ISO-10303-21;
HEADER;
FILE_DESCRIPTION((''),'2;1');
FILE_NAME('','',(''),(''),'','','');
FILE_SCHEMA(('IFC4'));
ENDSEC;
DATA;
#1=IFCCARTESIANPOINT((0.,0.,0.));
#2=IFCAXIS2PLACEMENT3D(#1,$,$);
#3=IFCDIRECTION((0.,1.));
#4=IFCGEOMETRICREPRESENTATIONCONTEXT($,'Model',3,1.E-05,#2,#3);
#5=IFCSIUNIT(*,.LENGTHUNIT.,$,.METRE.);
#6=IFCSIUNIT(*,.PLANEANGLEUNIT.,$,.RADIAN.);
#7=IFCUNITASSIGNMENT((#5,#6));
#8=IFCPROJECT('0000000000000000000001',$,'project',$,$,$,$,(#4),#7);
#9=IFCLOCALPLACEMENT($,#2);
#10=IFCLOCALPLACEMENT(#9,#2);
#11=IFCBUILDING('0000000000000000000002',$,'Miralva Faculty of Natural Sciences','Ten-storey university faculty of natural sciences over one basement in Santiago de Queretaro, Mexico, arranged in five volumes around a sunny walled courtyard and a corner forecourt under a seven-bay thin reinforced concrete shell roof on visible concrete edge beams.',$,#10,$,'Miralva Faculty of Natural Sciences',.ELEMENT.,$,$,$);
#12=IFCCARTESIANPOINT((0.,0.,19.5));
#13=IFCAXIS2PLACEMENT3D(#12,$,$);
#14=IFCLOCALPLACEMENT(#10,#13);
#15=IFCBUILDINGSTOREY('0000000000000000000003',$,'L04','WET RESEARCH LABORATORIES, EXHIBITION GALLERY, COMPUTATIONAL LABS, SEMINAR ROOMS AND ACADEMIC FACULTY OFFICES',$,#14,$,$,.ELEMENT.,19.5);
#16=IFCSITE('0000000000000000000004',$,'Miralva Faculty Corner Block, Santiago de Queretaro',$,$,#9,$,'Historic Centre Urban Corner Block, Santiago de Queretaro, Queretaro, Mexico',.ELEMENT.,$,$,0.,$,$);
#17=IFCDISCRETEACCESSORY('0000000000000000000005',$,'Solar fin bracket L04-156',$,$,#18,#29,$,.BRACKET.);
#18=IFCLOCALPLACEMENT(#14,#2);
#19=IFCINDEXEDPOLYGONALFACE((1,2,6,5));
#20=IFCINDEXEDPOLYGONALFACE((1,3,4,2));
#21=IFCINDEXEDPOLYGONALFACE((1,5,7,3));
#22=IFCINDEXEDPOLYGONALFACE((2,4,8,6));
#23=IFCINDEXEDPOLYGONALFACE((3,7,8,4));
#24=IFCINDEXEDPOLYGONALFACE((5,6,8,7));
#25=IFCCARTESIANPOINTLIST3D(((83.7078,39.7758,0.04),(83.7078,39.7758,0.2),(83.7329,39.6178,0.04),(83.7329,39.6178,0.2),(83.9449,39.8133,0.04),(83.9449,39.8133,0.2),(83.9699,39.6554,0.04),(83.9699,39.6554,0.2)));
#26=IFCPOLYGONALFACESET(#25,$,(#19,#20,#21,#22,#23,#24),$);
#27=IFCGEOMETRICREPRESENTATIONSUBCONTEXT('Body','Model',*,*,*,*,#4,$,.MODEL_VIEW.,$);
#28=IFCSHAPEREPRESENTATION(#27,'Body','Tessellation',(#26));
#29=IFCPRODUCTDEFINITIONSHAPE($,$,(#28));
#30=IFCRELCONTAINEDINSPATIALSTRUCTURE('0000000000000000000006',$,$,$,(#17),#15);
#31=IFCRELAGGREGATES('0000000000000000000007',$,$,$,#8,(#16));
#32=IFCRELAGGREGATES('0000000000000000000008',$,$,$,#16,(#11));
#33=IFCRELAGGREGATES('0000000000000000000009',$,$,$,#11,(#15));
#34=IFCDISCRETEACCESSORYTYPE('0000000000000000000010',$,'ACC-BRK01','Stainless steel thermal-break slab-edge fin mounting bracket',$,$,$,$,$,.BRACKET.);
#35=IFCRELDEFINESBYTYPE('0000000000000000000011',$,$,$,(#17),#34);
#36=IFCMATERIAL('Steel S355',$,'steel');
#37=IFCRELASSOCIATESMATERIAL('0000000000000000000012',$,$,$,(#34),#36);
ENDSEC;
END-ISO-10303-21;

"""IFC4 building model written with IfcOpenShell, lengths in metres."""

from ifc_helpers import new_model, si_unit, direction, frame, origin, origin_2d, place, context, subcontext, project, spatial, rectangle, extrude, material, type_object, element, save


model = new_model("IFC4")

# Units and contexts
model_context = context("Model", 3, precision=1e-05, world=origin(), true_north=direction((0.0, 1.0)))
body_context = subcontext(model_context, "Body", "Model", "MODEL_VIEW")
ifc_project = project(units=[si_unit("LENGTHUNIT", "METRE"), si_unit("PLANEANGLEUNIT", "RADIAN")], contexts=[model_context])

# Site, building, storey
site_placement = place(None, origin())
site = spatial("IfcSite", under=ifc_project, at=site_placement, Name="Miralva Faculty Corner Block, Santiago de Queretaro", LongName="Historic Centre Urban Corner Block, Santiago de Queretaro, Queretaro, Mexico", CompositionType="ELEMENT", RefElevation=0.0)
building_placement = place(site_placement, origin())
building = spatial("IfcBuilding", under=site, at=building_placement, Name="Miralva Faculty of Natural Sciences", Description="Ten-storey university faculty of natural sciences over one basement in Santiago de Queretaro, Mexico, arranged in five volumes around a sunny walled courtyard and a corner forecourt under a seven-bay thin reinforced concrete shell roof on visible concrete edge beams.", LongName="Miralva Faculty of Natural Sciences", CompositionType="ELEMENT")
storey_placement = place(building_placement, frame((0.0, 0.0, 19.5)))
storey = spatial("IfcBuildingStorey", under=building, at=storey_placement, Name="L04", Description="WET RESEARCH LABORATORIES, EXHIBITION GALLERY, COMPUTATIONAL LABS, SEMINAR ROOMS AND ACADEMIC FACULTY OFFICES", CompositionType="ELEMENT", Elevation=19.5)

# Discrete accessory
ifc_material_1 = material(Name="Steel S355", Category="steel")
discrete_accessory_type = type_object("IfcDiscreteAccessoryType", Name="ACC-BRK01", Description="Stainless steel thermal-break slab-edge fin mounting bracket", PredefinedType="BRACKET", material=ifc_material_1)
for number, where, z_axis, x_axis, name in (
    (1, (83.8389, 39.7156, 0.04), (0.0, 0.0, 1.0), (-0.156434, 0.987688, 0.0), "Solar fin bracket L04-156"),
):
    element("IfcDiscreteAccessory", number, at=place(storey_placement, frame(where, z_axis=z_axis, x_axis=x_axis)), inside=storey, type_object=discrete_accessory_type, Name=name, PredefinedType="BRACKET", context=body_context, shape_type="SweptSolid", body=[
        extrude(rectangle(XDim=0.1599, YDim=0.24, at=origin_2d()), origin(), (0.0, 0.0, 1.0), 0.1599),
    ])

save(model, "model.ifc")
